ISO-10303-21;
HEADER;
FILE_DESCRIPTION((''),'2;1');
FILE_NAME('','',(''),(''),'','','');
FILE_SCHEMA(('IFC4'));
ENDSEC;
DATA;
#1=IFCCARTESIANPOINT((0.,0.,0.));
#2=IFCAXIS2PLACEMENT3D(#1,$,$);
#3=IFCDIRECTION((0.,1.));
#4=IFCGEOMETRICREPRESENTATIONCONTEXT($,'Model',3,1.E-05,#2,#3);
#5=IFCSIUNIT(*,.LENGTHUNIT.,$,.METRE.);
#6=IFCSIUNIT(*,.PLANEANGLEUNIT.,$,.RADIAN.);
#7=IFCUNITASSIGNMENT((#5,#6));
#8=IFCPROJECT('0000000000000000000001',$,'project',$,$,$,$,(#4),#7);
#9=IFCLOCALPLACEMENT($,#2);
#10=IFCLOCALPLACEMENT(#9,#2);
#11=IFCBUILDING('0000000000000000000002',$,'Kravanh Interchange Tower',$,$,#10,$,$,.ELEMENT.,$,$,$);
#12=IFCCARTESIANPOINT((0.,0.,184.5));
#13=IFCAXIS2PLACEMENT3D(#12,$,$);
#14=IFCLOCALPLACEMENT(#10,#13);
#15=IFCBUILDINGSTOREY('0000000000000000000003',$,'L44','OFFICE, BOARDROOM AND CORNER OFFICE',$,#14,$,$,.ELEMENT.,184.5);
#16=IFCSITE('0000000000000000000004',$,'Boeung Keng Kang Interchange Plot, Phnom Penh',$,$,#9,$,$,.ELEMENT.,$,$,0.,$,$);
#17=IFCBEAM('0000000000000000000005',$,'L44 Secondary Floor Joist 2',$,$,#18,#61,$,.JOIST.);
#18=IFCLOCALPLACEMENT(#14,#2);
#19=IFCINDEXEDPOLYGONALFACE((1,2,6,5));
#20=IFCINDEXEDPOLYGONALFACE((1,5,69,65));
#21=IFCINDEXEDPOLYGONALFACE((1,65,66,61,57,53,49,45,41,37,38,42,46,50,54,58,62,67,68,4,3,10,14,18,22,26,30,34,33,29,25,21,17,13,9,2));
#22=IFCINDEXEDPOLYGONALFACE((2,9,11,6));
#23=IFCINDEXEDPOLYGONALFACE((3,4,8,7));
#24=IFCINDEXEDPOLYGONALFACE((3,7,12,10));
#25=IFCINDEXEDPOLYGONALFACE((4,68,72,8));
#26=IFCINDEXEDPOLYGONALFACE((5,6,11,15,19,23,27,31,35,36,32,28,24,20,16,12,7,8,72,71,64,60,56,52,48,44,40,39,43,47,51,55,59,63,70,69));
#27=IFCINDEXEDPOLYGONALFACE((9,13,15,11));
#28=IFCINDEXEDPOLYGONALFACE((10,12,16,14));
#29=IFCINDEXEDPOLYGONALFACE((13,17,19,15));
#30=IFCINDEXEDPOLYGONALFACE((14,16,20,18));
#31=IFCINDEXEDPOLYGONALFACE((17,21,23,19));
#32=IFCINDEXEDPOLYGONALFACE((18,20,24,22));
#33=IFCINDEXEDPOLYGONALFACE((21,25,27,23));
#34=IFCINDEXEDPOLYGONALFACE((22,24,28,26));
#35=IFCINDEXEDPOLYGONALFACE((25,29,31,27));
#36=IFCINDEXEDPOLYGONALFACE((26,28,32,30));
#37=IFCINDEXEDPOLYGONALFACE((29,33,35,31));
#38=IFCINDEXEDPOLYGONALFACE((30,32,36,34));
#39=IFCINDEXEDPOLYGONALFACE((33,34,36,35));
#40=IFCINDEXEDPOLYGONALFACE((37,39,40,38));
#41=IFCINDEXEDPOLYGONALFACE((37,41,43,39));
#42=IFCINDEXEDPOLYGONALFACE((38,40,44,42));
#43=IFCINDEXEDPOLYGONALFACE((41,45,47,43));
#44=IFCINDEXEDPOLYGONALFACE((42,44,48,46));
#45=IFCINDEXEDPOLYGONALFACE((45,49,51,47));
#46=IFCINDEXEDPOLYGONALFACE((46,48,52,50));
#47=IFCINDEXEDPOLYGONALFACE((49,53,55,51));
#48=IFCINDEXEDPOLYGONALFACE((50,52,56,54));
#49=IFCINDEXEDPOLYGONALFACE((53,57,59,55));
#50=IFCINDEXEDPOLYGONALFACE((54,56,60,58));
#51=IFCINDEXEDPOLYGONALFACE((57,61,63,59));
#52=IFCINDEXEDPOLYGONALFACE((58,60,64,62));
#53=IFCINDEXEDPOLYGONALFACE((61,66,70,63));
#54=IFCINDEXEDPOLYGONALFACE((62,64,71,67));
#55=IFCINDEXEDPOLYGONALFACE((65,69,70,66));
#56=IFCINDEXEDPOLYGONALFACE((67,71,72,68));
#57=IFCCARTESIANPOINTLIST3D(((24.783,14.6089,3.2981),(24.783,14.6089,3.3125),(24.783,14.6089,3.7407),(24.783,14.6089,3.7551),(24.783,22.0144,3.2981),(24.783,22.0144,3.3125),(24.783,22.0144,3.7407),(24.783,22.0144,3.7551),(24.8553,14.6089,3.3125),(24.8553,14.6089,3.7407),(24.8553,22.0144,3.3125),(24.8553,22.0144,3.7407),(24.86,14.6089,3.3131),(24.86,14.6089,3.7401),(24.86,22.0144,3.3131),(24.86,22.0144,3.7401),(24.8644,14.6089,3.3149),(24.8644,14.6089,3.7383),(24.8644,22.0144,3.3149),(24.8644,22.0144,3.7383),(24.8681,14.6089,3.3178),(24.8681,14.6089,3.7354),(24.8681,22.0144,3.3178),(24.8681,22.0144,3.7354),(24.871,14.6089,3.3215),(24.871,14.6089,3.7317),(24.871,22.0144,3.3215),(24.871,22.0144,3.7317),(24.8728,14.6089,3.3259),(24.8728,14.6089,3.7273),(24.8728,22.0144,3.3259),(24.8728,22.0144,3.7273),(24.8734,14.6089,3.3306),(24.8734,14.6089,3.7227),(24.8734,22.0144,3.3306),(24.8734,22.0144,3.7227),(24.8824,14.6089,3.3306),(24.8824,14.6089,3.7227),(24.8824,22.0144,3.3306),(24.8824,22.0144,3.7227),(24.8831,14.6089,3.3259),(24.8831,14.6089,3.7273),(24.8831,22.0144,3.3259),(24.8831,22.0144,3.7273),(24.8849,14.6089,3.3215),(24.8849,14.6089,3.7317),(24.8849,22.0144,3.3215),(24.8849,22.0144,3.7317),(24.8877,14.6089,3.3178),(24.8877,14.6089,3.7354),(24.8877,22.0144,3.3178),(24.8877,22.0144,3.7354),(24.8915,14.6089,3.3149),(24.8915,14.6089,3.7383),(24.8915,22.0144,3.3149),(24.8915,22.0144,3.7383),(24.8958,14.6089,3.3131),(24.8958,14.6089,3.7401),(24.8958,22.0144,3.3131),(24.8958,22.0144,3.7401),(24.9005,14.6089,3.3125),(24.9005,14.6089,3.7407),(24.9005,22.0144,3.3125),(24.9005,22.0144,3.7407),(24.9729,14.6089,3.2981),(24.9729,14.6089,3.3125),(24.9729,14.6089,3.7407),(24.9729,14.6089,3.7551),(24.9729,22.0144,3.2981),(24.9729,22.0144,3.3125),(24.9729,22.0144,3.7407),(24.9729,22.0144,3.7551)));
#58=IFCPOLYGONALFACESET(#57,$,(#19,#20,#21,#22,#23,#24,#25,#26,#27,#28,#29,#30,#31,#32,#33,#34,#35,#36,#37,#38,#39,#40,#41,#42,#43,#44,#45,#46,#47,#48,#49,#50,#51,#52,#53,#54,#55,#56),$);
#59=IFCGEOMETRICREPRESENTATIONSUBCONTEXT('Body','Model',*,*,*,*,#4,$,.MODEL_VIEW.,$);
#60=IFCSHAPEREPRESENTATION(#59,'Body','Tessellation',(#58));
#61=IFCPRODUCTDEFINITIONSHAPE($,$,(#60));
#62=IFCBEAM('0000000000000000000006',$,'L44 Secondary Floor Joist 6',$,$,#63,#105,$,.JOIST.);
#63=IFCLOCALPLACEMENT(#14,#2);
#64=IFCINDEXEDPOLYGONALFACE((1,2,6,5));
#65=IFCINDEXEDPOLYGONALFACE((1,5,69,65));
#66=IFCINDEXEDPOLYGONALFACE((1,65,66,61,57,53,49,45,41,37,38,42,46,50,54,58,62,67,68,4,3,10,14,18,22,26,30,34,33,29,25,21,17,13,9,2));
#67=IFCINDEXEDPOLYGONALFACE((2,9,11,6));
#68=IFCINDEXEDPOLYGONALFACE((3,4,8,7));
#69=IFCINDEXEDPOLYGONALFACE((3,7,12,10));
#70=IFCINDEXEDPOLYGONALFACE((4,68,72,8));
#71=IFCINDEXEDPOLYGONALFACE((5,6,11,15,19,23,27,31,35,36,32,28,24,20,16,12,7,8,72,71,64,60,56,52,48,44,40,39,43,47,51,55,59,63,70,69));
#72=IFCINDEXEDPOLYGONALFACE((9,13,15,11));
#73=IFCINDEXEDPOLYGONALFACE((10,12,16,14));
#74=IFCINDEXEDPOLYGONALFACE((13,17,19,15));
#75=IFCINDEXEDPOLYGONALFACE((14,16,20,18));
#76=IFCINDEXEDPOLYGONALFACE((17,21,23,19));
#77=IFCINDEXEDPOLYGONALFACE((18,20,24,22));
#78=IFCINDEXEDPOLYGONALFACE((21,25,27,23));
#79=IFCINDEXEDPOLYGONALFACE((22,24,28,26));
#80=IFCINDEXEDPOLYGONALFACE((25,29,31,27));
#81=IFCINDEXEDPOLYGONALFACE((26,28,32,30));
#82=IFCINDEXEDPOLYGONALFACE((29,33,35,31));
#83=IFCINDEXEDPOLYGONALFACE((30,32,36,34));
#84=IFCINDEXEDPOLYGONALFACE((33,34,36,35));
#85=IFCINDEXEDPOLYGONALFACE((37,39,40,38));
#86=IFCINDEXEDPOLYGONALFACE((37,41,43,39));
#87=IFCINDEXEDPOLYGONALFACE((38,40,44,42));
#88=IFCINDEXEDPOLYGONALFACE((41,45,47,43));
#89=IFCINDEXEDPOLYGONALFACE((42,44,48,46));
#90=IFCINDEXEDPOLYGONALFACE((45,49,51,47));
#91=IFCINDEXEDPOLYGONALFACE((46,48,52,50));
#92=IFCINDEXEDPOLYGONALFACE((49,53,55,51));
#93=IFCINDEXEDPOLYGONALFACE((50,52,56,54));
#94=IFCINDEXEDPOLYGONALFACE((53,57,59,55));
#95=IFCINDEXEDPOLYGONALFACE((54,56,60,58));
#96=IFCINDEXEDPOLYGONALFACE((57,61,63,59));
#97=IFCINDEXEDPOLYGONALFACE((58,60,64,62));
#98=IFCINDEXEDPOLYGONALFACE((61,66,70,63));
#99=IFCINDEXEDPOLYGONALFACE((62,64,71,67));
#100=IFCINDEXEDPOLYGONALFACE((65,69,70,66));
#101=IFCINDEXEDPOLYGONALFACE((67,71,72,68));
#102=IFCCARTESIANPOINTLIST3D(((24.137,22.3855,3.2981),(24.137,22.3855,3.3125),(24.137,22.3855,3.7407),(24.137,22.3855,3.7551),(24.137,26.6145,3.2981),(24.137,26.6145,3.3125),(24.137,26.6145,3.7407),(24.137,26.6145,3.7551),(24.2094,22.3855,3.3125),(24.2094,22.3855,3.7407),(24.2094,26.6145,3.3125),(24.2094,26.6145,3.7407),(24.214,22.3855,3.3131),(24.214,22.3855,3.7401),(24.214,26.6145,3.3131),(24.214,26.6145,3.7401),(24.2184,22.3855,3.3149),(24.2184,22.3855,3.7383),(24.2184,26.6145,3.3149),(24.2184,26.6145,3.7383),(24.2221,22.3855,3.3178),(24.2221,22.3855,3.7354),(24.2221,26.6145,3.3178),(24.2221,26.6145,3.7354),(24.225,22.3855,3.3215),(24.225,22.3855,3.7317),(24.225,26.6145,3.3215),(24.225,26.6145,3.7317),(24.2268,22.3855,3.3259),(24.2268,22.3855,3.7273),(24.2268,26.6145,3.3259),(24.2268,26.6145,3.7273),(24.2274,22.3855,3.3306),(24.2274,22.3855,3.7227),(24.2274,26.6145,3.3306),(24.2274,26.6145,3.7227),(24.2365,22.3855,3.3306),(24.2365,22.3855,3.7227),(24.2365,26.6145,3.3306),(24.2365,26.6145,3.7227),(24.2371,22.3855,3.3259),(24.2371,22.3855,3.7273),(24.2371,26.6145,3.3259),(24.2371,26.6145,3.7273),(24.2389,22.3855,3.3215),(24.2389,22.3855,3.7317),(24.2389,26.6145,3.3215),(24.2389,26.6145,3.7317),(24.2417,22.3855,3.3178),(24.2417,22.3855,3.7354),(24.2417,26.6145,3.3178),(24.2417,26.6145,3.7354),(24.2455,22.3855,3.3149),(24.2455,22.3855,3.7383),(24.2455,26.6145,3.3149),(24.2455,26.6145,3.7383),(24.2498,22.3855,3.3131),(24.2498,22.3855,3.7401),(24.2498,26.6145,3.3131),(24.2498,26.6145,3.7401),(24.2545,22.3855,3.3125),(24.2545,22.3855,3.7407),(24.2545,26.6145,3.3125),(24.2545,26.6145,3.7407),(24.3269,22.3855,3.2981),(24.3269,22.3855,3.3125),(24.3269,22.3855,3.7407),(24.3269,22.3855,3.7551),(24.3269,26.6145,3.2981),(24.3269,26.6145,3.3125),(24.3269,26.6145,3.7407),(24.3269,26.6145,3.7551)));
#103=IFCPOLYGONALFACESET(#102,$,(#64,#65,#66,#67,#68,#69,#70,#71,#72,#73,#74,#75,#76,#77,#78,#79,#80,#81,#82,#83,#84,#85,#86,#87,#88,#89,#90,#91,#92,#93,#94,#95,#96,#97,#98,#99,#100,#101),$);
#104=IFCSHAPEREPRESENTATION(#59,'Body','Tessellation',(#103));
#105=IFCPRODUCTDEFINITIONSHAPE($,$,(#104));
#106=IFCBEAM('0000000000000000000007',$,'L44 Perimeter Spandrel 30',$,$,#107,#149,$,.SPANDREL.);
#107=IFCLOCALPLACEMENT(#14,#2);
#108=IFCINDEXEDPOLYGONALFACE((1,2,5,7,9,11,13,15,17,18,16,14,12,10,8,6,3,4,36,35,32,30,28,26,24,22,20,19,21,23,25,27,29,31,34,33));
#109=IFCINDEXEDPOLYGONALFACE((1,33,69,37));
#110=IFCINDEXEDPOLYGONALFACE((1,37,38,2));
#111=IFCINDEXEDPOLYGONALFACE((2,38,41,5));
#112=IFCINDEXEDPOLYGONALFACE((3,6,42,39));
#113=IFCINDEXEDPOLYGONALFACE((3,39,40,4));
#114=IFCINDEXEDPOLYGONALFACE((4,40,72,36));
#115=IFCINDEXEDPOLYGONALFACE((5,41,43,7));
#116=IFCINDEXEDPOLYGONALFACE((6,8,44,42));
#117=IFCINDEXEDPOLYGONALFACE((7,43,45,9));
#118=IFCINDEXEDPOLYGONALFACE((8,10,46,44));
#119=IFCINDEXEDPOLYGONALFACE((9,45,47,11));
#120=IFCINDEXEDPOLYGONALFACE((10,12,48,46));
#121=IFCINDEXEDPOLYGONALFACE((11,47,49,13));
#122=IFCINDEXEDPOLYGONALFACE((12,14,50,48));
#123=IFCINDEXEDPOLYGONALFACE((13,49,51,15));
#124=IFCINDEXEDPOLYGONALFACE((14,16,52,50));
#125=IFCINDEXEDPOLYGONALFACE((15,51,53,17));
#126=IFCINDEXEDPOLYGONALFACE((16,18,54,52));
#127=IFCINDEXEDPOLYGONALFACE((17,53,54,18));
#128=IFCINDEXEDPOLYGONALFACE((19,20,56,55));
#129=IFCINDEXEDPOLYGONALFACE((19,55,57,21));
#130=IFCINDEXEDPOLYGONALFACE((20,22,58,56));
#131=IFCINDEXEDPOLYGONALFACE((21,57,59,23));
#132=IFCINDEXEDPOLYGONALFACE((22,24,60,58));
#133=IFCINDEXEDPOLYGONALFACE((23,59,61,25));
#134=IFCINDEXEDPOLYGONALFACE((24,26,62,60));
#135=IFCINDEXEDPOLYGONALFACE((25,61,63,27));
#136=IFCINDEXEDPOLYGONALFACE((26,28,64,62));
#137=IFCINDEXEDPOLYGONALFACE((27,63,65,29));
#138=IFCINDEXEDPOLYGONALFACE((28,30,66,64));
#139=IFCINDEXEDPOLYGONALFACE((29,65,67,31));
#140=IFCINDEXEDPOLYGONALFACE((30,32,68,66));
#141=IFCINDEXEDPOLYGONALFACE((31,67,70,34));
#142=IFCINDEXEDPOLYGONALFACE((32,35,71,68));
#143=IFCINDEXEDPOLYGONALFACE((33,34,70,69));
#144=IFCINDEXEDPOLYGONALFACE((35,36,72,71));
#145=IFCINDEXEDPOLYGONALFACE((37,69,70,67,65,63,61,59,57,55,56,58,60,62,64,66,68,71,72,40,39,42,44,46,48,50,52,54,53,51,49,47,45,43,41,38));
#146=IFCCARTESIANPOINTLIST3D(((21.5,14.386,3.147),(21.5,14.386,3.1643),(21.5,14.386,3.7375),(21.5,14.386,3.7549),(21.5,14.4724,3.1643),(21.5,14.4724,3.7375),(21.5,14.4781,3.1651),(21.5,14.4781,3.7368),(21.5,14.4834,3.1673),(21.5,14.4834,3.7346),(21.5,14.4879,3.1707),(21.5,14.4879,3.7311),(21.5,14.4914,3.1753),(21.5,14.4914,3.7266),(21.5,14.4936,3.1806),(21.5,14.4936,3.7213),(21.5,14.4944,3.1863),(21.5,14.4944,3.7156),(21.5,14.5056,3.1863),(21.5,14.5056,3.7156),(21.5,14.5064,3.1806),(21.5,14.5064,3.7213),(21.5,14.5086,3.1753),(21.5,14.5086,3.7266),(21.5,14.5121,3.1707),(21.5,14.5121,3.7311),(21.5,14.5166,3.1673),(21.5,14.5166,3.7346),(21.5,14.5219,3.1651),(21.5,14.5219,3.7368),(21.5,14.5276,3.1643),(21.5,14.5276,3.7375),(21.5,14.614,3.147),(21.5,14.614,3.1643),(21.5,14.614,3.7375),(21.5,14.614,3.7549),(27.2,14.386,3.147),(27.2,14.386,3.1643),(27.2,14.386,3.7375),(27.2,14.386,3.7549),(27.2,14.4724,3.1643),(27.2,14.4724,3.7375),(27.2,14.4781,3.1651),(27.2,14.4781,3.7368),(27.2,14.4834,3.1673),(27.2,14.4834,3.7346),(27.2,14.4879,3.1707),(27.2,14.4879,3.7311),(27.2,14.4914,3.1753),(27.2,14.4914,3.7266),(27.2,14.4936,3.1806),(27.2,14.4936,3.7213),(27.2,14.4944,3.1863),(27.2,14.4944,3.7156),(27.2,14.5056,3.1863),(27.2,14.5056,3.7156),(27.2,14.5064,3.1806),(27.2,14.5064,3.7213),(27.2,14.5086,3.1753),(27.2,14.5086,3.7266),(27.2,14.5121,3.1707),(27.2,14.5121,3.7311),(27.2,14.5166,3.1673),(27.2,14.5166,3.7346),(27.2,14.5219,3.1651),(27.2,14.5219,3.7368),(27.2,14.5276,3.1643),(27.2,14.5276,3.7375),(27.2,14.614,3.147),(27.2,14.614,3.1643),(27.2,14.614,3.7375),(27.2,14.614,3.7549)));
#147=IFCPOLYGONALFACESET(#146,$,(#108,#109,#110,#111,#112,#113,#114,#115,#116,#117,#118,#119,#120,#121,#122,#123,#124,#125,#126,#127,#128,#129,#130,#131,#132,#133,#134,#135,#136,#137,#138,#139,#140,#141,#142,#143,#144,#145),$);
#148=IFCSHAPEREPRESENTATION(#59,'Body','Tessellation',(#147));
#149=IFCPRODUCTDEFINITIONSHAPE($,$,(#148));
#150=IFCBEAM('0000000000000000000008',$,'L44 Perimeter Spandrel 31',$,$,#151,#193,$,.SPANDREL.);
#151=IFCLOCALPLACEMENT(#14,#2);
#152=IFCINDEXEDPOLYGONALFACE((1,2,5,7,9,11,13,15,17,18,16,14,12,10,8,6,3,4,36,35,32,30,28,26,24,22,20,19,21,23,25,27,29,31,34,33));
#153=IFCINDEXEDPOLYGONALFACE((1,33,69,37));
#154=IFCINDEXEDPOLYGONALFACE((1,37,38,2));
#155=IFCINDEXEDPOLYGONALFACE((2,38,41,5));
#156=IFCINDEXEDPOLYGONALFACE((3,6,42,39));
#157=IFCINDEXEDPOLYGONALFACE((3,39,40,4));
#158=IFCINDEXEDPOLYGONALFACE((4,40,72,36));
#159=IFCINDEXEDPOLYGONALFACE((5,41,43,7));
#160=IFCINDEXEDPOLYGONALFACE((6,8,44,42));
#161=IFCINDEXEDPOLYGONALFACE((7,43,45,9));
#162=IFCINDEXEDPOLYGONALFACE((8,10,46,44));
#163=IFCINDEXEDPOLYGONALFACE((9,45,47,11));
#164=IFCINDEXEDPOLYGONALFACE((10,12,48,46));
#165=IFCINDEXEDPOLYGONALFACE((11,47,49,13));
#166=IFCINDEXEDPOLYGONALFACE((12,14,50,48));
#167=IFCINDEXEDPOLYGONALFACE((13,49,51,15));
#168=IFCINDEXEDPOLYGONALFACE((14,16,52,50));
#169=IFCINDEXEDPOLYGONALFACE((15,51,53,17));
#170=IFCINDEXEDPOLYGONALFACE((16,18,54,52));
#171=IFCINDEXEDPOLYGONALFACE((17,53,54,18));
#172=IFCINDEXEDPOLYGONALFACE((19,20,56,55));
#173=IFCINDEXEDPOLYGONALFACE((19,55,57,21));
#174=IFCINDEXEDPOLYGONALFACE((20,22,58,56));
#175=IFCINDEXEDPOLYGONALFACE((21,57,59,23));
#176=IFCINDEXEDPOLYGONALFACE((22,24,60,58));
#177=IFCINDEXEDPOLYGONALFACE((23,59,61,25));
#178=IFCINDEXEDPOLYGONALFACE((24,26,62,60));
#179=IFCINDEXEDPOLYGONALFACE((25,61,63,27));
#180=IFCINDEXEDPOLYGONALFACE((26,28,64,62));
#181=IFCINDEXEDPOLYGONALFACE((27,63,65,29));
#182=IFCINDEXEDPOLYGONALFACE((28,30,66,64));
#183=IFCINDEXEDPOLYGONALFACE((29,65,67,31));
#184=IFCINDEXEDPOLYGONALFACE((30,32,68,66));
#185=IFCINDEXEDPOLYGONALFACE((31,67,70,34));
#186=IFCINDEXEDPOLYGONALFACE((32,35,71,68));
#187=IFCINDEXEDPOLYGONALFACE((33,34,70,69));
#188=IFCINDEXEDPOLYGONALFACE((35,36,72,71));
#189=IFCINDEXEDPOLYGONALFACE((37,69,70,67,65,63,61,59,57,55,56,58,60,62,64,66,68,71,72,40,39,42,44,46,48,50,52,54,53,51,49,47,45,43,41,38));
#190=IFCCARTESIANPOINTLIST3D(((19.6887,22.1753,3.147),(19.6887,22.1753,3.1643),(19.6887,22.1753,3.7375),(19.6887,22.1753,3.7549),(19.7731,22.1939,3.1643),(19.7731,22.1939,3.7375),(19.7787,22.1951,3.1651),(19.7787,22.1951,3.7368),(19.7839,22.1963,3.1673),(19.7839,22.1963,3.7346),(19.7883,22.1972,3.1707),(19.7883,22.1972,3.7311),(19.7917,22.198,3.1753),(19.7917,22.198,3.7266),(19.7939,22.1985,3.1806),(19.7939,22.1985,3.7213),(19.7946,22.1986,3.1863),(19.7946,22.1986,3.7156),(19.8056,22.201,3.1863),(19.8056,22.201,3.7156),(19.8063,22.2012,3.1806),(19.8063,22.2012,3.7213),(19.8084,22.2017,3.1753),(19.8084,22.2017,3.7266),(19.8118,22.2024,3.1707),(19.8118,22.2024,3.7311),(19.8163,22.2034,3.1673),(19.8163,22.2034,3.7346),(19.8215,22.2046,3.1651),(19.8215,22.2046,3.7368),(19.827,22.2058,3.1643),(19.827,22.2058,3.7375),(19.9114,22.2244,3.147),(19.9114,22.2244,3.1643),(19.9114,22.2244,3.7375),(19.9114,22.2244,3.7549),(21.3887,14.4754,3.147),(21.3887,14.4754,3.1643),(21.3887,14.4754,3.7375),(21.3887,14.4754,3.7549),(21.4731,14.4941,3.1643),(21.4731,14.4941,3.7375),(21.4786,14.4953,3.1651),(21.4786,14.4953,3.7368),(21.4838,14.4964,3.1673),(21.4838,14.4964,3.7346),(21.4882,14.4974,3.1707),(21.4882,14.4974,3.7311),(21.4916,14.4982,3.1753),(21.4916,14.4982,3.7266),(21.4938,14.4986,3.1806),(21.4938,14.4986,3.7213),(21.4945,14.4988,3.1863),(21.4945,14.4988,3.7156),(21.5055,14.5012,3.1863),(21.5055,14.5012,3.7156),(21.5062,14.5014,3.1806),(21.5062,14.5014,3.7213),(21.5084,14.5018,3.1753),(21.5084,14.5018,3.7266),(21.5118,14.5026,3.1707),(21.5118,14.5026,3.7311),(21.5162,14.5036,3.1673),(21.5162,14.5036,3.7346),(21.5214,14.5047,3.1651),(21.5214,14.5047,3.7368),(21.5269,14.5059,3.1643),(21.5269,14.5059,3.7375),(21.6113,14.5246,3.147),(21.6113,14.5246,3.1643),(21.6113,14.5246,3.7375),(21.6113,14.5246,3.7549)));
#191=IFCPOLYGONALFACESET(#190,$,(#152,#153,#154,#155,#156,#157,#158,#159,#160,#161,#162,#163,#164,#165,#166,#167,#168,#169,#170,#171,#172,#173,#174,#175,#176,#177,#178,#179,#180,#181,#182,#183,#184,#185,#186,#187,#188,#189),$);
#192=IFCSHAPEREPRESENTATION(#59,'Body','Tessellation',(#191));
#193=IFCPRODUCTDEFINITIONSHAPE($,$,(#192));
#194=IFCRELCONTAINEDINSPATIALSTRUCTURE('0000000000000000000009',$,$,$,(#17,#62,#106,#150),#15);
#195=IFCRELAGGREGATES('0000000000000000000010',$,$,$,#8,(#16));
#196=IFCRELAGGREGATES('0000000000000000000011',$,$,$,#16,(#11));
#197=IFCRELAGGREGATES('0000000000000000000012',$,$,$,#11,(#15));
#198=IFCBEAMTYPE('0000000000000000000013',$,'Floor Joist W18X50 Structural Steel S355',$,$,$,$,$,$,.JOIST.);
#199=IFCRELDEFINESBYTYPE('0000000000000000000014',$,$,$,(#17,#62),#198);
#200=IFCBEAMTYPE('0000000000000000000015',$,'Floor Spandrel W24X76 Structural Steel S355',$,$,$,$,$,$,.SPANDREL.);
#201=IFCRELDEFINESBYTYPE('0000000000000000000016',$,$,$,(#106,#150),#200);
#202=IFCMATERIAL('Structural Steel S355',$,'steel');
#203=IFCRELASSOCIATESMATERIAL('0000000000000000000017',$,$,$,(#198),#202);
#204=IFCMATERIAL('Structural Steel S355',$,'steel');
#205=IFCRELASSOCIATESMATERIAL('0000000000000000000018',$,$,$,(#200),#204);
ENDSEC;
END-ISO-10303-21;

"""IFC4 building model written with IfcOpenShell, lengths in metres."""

from ifc_helpers import new_model, si_unit, direction, frame, origin, origin_2d, place, context, subcontext, project, spatial, i_section, extrude, material, material_profile, profile_set, type_object, element, save


model = new_model("IFC4")

# Units and contexts
model_context = context("Model", 3, precision=1e-05, world=origin(), true_north=direction((0.0, 1.0)))
body_context = subcontext(model_context, "Body", "Model", "MODEL_VIEW")
ifc_project = project(units=[si_unit("LENGTHUNIT", "METRE"), si_unit("PLANEANGLEUNIT", "RADIAN")], contexts=[model_context])

# Site, building, storey
site_placement = place(None, origin())
site = spatial("IfcSite", under=ifc_project, at=site_placement, Name="Boeung Keng Kang Interchange Plot, Phnom Penh", CompositionType="ELEMENT", RefElevation=0.0)
building_placement = place(site_placement, origin())
building = spatial("IfcBuilding", under=site, at=building_placement, Name="Kravanh Interchange Tower", CompositionType="ELEMENT")
storey_placement = place(building_placement, frame((0.0, 0.0, 184.5)))
storey = spatial("IfcBuildingStorey", under=building, at=storey_placement, Name="L44", Description="OFFICE, BOARDROOM AND CORNER OFFICE", CompositionType="ELEMENT", Elevation=184.5)

# Beams
ifc_material_1 = material(Name="Structural Steel S355", Category="steel")
ifc_material_profile_1 = material_profile(ifc_material_1, i_section(OverallWidth=0.1899, OverallDepth=0.457, WebThickness=0.009, FlangeThickness=0.0144, FilletRadius=0.0181, at=origin_2d()), Name="W18X50")
ifc_profile_set_1 = profile_set([ifc_material_profile_1], Name="Structural Steel S355")
beam_type_1 = type_object("IfcBeamType", Name="Floor Joist W18X50 Structural Steel S355", PredefinedType="JOIST", material=ifc_profile_set_1)
for number, where, z_axis, x_axis, name in (
    (1, (24.8779, 14.6089, 3.5266), (0.0, 1.0, 0.0), (-1.0, 0.0, 0.0), "L44 Secondary Floor Joist 2"),
):
    element("IfcBeam", number, at=place(storey_placement, frame(where, z_axis=z_axis, x_axis=x_axis)), inside=storey, type_object=beam_type_1, Name=name, PredefinedType="JOIST", context=body_context, shape_type="SweptSolid", body=[
        extrude(i_section(OverallWidth=0.1899, OverallDepth=0.457, WebThickness=0.009, FlangeThickness=0.0144, FilletRadius=0.0181, at=origin_2d()), origin(), (0.0, 0.0, 1.0), 7.4055),
    ])
beam_1_placement = place(storey_placement, frame((24.2319, 22.3855, 3.5266), z_axis=(0.0, 1.0, 0.0), x_axis=(-1.0, 0.0, 0.0)))
element("IfcBeam", 2, at=beam_1_placement, inside=storey, type_object=beam_type_1, Name="L44 Secondary Floor Joist 6", PredefinedType="JOIST", context=body_context, shape_type="SweptSolid", body=[
    extrude(i_section(OverallWidth=0.1899, OverallDepth=0.457, WebThickness=0.009, FlangeThickness=0.0144, FilletRadius=0.0181, at=origin_2d()), origin(), (0.0, 0.0, 1.0), 4.229),
])
ifc_material_2 = material(Name="Structural Steel S355", Category="steel")
ifc_material_profile_2 = material_profile(ifc_material_2, i_section(OverallWidth=0.228, OverallDepth=0.6079, WebThickness=0.0112, FlangeThickness=0.0173, FilletRadius=0.022, at=origin_2d()), Name="W24X76")
ifc_profile_set_2 = profile_set([ifc_material_profile_2], Name="Structural Steel S355")
beam_type_2 = type_object("IfcBeamType", Name="Floor Spandrel W24X76 Structural Steel S355", PredefinedType="SPANDREL", material=ifc_profile_set_2)
beam_2_placement = place(storey_placement, frame((21.5, 14.5, 3.4509), z_axis=(1.0, 0.0, 0.0), x_axis=(0.0, 1.0, 0.0)))
element("IfcBeam", 3, at=beam_2_placement, inside=storey, type_object=beam_type_2, Name="L44 Perimeter Spandrel 30", PredefinedType="SPANDREL", context=body_context, shape_type="SweptSolid", body=[
    extrude(i_section(OverallWidth=0.228, OverallDepth=0.6079, WebThickness=0.0112, FlangeThickness=0.0173, FilletRadius=0.022, at=origin_2d()), origin(), (0.0, 0.0, 1.0), 5.7),
])
beam_3_placement = place(storey_placement, frame((21.5, 14.5, 3.4509), z_axis=(-0.215583, 0.976486, 0.0), x_axis=(-0.976486, -0.215583, 0.0)))
element("IfcBeam", 4, at=beam_3_placement, inside=storey, type_object=beam_type_2, Name="L44 Perimeter Spandrel 31", PredefinedType="SPANDREL", context=body_context, shape_type="SweptSolid", body=[
    extrude(i_section(OverallWidth=0.228, OverallDepth=0.6079, WebThickness=0.0112, FlangeThickness=0.0173, FilletRadius=0.022, at=origin_2d()), origin(), (0.0, 0.0, 1.0), 7.8853),
])

save(model, "model.ifc")
